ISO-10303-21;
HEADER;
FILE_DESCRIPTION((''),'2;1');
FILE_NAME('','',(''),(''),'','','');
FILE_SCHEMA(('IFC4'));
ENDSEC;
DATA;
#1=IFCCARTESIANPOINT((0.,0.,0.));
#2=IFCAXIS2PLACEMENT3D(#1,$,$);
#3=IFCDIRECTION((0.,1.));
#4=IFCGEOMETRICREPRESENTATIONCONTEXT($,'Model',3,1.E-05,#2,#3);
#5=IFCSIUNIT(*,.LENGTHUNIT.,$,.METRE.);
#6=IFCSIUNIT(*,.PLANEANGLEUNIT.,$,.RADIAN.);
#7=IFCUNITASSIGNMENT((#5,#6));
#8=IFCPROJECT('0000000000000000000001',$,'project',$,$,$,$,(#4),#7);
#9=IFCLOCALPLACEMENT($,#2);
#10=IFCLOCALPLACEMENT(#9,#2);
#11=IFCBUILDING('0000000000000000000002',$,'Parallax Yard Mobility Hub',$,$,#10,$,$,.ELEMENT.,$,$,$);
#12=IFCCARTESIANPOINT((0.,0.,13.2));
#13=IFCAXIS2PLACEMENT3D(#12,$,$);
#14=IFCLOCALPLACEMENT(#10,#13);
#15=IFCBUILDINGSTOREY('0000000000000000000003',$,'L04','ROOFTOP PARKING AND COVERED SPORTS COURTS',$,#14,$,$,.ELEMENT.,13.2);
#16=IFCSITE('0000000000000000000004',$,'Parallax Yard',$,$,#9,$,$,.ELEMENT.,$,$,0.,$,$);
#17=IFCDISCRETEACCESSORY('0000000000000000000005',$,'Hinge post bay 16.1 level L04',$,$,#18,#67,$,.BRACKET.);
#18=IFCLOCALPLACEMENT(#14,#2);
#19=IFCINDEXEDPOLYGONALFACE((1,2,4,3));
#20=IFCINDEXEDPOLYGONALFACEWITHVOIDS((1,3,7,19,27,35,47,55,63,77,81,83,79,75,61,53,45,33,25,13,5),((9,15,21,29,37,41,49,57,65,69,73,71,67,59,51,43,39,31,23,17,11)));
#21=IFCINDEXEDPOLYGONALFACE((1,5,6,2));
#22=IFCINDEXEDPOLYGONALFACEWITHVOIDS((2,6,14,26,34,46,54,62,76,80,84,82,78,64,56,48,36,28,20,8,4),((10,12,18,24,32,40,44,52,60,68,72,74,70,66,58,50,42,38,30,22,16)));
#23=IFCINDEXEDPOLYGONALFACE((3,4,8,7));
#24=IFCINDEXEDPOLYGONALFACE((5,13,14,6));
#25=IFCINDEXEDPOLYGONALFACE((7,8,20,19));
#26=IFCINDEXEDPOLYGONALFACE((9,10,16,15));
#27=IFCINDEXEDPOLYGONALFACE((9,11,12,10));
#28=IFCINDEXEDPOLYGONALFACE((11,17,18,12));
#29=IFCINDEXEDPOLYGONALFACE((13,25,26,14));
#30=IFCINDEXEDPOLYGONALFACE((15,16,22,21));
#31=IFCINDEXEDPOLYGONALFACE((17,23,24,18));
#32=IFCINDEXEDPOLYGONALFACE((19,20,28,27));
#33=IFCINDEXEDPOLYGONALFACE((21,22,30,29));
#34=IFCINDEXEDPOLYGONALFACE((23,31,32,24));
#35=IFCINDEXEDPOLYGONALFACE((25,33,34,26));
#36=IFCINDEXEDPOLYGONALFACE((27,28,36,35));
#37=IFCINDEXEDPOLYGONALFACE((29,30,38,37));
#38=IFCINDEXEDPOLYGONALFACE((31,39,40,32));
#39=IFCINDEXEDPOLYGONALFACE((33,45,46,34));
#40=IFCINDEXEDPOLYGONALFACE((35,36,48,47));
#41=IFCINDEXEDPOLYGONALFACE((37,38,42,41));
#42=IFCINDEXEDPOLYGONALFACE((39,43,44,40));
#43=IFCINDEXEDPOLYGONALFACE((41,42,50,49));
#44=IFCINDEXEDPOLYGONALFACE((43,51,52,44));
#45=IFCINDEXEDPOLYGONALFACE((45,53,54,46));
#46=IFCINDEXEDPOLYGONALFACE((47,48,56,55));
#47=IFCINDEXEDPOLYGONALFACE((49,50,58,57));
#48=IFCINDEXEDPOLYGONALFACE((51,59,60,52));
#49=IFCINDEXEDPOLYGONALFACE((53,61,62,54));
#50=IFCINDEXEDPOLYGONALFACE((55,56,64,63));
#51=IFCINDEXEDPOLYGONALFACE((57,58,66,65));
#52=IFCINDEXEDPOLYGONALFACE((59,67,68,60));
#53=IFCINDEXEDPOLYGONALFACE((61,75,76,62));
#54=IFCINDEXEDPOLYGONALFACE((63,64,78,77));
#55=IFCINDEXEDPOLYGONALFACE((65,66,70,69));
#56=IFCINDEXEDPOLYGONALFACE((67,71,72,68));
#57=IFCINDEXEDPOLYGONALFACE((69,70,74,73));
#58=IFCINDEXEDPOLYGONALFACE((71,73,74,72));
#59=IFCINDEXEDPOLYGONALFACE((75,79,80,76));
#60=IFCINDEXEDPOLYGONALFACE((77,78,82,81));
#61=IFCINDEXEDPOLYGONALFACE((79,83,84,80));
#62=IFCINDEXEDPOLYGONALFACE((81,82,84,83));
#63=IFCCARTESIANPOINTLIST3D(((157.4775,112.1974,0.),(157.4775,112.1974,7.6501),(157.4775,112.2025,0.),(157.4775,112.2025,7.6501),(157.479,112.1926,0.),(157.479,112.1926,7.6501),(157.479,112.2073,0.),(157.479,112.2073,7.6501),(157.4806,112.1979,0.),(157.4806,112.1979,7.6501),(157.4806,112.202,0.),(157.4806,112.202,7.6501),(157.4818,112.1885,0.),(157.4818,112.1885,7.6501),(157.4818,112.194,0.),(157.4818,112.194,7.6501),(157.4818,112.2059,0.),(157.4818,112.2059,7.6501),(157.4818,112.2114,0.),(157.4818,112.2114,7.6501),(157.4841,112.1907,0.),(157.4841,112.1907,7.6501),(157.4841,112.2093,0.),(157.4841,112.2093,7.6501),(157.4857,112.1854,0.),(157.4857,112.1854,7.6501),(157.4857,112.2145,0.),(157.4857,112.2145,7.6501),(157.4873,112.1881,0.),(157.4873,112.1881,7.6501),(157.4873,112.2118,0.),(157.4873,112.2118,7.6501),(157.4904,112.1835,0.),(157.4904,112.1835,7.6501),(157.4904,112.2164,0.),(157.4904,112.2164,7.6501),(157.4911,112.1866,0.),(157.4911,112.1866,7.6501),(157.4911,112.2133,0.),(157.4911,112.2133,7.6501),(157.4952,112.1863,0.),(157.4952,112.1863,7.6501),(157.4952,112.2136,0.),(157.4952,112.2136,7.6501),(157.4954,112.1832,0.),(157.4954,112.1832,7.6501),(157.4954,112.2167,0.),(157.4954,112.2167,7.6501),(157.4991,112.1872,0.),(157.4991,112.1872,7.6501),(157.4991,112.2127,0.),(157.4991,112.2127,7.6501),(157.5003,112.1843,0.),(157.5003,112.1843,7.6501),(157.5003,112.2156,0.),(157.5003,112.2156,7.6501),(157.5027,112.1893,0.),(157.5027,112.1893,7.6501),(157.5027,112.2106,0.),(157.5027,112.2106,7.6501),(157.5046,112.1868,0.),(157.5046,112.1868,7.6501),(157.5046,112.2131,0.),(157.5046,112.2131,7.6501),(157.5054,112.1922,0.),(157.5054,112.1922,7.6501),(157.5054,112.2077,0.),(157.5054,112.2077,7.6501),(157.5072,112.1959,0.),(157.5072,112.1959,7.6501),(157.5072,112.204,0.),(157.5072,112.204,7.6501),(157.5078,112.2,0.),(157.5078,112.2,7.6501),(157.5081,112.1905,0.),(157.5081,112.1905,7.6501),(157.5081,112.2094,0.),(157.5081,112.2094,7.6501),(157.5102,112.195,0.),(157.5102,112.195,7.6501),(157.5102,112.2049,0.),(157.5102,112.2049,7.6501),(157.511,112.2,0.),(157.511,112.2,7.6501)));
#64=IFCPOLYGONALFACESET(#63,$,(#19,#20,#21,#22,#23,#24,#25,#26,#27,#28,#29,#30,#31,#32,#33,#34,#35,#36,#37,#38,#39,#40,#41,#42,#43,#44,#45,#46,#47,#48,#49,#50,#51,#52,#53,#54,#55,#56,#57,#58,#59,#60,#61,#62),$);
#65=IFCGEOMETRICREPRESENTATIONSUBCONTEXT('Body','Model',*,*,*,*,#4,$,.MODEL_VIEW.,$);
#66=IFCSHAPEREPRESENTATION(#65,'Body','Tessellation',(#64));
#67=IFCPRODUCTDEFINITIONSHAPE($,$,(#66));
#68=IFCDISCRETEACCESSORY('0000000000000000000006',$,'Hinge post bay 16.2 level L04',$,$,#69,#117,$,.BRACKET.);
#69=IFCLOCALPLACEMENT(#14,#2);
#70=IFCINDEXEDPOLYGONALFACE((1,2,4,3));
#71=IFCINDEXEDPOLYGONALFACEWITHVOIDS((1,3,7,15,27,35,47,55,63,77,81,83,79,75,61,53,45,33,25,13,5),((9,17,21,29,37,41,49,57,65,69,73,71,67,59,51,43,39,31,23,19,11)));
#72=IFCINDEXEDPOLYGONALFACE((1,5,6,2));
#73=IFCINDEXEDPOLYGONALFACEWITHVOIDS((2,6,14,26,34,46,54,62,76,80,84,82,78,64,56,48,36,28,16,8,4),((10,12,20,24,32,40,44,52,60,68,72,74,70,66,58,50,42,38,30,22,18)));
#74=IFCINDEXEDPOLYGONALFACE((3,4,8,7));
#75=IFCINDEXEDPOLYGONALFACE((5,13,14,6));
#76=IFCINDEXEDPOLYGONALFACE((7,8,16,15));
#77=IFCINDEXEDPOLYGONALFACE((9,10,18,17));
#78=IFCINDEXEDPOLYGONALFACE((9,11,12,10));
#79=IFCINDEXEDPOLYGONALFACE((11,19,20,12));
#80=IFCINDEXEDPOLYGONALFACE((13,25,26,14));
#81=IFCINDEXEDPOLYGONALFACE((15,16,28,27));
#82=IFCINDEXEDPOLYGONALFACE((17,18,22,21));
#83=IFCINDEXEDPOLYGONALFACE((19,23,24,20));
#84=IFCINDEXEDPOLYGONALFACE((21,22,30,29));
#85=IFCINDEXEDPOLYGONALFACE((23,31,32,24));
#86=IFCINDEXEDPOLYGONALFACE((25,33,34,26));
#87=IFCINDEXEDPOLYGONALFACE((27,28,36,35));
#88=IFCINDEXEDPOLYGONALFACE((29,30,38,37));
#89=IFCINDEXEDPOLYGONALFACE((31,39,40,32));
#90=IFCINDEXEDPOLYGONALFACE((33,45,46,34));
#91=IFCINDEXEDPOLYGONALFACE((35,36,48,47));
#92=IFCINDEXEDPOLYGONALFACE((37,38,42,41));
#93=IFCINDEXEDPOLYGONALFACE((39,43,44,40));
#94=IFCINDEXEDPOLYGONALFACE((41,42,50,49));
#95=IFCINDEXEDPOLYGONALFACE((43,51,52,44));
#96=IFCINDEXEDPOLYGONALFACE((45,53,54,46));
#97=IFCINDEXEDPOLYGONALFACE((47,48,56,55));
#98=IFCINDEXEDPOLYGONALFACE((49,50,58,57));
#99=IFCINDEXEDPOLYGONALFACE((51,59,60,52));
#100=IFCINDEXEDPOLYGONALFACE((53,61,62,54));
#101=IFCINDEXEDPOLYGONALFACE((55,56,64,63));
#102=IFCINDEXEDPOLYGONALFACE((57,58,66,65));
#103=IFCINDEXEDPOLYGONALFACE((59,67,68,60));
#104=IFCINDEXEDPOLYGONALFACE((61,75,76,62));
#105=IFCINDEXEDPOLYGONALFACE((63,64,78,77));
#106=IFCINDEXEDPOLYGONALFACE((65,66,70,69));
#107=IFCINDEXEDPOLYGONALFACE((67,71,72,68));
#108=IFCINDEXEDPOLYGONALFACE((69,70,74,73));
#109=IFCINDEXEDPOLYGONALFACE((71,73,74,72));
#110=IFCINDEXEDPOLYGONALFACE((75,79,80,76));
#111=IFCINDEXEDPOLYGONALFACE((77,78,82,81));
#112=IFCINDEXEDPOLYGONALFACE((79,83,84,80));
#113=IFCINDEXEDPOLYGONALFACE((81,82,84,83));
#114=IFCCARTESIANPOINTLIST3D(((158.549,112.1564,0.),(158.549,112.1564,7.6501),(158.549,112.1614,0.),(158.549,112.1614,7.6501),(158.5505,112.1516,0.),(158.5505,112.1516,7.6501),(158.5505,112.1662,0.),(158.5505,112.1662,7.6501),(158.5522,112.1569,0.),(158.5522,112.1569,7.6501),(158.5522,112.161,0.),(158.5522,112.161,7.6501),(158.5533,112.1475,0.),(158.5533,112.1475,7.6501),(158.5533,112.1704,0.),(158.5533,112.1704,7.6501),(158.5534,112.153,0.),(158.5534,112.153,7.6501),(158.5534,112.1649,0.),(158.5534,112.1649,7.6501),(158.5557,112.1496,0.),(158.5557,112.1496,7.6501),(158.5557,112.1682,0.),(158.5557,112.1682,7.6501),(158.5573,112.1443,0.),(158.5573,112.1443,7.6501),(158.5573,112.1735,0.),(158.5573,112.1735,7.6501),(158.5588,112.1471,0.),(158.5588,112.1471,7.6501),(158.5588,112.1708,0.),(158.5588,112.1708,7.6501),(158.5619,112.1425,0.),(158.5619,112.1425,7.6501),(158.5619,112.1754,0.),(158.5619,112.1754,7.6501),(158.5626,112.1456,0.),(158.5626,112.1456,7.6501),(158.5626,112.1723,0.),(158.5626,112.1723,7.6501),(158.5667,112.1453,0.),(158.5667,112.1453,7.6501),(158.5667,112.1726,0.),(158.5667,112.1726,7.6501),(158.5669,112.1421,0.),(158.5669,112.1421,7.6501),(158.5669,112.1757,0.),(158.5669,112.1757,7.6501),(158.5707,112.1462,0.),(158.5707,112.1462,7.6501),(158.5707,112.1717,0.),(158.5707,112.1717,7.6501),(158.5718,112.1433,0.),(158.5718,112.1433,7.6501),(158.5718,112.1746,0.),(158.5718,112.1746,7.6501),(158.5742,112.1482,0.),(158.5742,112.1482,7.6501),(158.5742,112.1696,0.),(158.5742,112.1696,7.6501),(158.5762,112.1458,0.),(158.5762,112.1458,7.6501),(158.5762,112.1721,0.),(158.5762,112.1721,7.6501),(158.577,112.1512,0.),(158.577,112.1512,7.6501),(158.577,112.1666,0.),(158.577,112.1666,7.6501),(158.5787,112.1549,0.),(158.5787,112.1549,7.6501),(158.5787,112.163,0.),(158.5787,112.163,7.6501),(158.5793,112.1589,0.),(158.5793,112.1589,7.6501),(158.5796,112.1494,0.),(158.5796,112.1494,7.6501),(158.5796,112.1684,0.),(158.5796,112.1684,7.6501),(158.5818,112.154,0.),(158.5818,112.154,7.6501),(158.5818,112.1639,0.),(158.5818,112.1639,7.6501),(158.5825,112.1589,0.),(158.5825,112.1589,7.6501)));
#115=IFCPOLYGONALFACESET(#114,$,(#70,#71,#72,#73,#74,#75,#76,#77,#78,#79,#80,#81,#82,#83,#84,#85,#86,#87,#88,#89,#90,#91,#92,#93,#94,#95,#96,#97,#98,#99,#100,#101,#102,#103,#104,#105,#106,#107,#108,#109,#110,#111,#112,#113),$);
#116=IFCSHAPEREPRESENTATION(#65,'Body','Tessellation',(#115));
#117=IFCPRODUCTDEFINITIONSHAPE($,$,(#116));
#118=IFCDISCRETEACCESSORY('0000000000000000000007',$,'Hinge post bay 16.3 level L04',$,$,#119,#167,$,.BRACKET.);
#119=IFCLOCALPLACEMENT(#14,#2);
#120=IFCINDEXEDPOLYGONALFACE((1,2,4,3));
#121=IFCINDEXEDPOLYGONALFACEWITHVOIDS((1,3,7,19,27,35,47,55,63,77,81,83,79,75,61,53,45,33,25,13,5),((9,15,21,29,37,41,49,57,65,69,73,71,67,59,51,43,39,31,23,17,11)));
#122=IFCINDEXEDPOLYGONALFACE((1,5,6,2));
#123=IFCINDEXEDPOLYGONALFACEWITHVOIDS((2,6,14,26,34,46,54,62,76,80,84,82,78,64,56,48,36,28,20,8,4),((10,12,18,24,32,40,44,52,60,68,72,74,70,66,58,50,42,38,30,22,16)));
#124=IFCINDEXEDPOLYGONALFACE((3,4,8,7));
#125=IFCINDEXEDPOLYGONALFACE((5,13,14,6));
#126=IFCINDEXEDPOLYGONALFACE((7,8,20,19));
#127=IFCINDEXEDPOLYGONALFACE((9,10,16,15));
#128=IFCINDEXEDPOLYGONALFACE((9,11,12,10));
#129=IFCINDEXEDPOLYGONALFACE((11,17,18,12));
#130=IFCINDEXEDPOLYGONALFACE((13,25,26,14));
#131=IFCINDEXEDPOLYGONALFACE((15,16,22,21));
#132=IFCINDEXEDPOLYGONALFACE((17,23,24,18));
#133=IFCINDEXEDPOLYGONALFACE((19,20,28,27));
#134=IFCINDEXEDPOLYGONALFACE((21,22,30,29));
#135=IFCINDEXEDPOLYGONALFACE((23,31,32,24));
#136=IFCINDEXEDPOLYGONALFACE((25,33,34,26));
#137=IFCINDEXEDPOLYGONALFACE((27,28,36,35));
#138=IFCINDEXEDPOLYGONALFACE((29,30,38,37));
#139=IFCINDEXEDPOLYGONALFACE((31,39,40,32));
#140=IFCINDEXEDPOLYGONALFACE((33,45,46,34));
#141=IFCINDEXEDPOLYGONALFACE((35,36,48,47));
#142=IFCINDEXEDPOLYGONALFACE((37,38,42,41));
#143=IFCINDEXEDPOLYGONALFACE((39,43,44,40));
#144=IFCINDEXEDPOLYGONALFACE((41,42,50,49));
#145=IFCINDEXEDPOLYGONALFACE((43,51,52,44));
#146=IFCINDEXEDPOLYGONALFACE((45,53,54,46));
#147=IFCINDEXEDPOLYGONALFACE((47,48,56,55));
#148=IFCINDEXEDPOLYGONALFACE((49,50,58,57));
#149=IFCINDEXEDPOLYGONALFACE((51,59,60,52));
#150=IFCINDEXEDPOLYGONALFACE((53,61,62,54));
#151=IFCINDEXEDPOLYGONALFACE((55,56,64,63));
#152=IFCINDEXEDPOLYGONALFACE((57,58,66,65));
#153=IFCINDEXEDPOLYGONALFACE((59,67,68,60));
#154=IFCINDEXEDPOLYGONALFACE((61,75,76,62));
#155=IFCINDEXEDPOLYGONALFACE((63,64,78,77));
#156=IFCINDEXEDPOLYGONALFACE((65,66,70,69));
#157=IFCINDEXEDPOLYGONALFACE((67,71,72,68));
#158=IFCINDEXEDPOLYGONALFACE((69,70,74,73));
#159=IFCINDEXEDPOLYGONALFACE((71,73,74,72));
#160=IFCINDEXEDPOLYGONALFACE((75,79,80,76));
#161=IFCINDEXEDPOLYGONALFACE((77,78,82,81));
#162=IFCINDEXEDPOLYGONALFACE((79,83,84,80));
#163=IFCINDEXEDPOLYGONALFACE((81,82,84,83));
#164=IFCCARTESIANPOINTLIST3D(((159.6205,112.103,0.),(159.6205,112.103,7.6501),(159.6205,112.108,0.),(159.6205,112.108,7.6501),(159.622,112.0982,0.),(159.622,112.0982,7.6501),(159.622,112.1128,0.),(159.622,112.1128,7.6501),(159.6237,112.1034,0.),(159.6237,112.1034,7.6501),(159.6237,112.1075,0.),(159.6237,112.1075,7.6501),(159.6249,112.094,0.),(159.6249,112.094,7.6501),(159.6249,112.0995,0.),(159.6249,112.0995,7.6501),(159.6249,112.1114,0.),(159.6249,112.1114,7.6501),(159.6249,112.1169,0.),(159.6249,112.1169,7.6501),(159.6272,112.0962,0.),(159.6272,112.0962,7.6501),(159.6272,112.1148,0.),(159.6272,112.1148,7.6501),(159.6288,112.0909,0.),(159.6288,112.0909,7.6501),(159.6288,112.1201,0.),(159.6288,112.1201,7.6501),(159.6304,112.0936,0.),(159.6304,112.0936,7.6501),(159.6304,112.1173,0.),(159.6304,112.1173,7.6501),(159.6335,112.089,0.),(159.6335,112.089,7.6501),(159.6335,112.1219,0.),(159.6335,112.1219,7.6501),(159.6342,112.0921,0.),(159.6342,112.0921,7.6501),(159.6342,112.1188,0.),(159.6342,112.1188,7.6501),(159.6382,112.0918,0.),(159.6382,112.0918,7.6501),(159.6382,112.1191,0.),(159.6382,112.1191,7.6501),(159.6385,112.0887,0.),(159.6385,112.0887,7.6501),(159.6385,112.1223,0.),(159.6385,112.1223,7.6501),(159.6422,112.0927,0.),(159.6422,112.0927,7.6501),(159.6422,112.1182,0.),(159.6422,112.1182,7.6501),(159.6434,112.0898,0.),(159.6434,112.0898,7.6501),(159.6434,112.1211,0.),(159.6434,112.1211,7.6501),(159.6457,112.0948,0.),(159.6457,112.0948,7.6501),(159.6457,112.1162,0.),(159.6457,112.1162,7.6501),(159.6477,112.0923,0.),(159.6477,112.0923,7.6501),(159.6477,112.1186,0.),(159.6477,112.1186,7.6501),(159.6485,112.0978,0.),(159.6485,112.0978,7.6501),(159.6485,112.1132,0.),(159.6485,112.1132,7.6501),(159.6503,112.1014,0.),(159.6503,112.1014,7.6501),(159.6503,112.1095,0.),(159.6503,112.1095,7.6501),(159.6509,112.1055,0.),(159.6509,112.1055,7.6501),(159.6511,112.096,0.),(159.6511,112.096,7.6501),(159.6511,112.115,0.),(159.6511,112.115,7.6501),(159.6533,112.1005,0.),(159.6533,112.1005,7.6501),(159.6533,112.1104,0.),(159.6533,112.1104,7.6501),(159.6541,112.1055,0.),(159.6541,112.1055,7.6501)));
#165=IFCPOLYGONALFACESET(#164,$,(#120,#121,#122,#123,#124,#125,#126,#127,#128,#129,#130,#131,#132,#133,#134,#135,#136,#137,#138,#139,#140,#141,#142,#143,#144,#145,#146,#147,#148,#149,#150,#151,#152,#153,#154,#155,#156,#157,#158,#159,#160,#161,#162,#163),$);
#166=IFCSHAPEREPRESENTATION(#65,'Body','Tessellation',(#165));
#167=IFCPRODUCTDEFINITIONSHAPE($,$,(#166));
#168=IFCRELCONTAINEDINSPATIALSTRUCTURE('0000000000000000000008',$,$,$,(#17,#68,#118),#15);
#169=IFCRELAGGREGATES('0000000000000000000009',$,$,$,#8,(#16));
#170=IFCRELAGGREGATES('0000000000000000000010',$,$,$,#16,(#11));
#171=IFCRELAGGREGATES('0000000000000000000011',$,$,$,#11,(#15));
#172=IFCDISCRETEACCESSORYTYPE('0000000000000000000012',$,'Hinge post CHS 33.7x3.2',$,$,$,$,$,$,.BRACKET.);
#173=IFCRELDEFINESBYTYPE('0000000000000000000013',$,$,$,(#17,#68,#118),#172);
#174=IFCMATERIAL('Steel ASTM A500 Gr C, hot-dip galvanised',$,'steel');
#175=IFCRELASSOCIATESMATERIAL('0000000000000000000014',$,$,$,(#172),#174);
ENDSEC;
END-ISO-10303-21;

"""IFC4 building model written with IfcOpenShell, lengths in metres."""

from ifc_helpers import new_model, si_unit, direction, frame, origin, origin_2d, place, context, subcontext, project, spatial, hollow_circle, extrude, material, material_profile, profile_set, type_object, element, save


model = new_model("IFC4")

# Units and contexts
model_context = context("Model", 3, precision=1e-05, world=origin(), true_north=direction((0.0, 1.0)))
body_context = subcontext(model_context, "Body", "Model", "MODEL_VIEW")
ifc_project = project(units=[si_unit("LENGTHUNIT", "METRE"), si_unit("PLANEANGLEUNIT", "RADIAN")], contexts=[model_context])

# Site, building, storey
site_placement = place(None, origin())
site = spatial("IfcSite", under=ifc_project, at=site_placement, Name="Parallax Yard", CompositionType="ELEMENT", RefElevation=0.0)
building_placement = place(site_placement, origin())
building = spatial("IfcBuilding", under=site, at=building_placement, Name="Parallax Yard Mobility Hub", CompositionType="ELEMENT")
storey_placement = place(building_placement, frame((0.0, 0.0, 13.2)))
storey = spatial("IfcBuildingStorey", under=building, at=storey_placement, Name="L04", Description="ROOFTOP PARKING AND COVERED SPORTS COURTS", CompositionType="ELEMENT", Elevation=13.2)

# Discrete accessories
ifc_material_1 = material(Name="Steel ASTM A500 Gr C, hot-dip galvanised", Category="steel")
ifc_material_profile = material_profile(ifc_material_1, hollow_circle(Radius=0.0168, WallThickness=0.0032, at=origin_2d()), Name="CHS 33.7x3.2")
ifc_profile_set = profile_set([ifc_material_profile], Name="Steel ASTM A500 Gr C, hot-dip galvanised")
discrete_accessory_type_1 = type_object("IfcDiscreteAccessoryType", Name="Hinge post CHS 33.7x3.2", PredefinedType="BRACKET", material=ifc_profile_set)
for number, where, z_axis, x_axis, name in (
    (1, (157.4941, 112.2, 0.0), (0.0, 0.0, 1.0), (1.0, 0.0, 0.0), "Hinge post bay 16.1 level L04"),
    (2, (158.5657, 112.1589, 0.0), (0.0, 0.0, 1.0), (1.0, 0.0, 0.0), "Hinge post bay 16.2 level L04"),
    (3, (159.6372, 112.1055, 0.0), (0.0, 0.0, 1.0), (1.0, 0.0, 0.0), "Hinge post bay 16.3 level L04"),
):
    element("IfcDiscreteAccessory", number, at=place(storey_placement, frame(where, z_axis=z_axis, x_axis=x_axis)), inside=storey, type_object=discrete_accessory_type_1, Name=name, PredefinedType="BRACKET", context=body_context, shape_type="SweptSolid", body=[
        extrude(hollow_circle(Radius=0.0168, WallThickness=0.0032, at=origin_2d()), origin(), (0.0, 0.0, 1.0), 7.6501),
    ])

save(model, "model.ifc")
